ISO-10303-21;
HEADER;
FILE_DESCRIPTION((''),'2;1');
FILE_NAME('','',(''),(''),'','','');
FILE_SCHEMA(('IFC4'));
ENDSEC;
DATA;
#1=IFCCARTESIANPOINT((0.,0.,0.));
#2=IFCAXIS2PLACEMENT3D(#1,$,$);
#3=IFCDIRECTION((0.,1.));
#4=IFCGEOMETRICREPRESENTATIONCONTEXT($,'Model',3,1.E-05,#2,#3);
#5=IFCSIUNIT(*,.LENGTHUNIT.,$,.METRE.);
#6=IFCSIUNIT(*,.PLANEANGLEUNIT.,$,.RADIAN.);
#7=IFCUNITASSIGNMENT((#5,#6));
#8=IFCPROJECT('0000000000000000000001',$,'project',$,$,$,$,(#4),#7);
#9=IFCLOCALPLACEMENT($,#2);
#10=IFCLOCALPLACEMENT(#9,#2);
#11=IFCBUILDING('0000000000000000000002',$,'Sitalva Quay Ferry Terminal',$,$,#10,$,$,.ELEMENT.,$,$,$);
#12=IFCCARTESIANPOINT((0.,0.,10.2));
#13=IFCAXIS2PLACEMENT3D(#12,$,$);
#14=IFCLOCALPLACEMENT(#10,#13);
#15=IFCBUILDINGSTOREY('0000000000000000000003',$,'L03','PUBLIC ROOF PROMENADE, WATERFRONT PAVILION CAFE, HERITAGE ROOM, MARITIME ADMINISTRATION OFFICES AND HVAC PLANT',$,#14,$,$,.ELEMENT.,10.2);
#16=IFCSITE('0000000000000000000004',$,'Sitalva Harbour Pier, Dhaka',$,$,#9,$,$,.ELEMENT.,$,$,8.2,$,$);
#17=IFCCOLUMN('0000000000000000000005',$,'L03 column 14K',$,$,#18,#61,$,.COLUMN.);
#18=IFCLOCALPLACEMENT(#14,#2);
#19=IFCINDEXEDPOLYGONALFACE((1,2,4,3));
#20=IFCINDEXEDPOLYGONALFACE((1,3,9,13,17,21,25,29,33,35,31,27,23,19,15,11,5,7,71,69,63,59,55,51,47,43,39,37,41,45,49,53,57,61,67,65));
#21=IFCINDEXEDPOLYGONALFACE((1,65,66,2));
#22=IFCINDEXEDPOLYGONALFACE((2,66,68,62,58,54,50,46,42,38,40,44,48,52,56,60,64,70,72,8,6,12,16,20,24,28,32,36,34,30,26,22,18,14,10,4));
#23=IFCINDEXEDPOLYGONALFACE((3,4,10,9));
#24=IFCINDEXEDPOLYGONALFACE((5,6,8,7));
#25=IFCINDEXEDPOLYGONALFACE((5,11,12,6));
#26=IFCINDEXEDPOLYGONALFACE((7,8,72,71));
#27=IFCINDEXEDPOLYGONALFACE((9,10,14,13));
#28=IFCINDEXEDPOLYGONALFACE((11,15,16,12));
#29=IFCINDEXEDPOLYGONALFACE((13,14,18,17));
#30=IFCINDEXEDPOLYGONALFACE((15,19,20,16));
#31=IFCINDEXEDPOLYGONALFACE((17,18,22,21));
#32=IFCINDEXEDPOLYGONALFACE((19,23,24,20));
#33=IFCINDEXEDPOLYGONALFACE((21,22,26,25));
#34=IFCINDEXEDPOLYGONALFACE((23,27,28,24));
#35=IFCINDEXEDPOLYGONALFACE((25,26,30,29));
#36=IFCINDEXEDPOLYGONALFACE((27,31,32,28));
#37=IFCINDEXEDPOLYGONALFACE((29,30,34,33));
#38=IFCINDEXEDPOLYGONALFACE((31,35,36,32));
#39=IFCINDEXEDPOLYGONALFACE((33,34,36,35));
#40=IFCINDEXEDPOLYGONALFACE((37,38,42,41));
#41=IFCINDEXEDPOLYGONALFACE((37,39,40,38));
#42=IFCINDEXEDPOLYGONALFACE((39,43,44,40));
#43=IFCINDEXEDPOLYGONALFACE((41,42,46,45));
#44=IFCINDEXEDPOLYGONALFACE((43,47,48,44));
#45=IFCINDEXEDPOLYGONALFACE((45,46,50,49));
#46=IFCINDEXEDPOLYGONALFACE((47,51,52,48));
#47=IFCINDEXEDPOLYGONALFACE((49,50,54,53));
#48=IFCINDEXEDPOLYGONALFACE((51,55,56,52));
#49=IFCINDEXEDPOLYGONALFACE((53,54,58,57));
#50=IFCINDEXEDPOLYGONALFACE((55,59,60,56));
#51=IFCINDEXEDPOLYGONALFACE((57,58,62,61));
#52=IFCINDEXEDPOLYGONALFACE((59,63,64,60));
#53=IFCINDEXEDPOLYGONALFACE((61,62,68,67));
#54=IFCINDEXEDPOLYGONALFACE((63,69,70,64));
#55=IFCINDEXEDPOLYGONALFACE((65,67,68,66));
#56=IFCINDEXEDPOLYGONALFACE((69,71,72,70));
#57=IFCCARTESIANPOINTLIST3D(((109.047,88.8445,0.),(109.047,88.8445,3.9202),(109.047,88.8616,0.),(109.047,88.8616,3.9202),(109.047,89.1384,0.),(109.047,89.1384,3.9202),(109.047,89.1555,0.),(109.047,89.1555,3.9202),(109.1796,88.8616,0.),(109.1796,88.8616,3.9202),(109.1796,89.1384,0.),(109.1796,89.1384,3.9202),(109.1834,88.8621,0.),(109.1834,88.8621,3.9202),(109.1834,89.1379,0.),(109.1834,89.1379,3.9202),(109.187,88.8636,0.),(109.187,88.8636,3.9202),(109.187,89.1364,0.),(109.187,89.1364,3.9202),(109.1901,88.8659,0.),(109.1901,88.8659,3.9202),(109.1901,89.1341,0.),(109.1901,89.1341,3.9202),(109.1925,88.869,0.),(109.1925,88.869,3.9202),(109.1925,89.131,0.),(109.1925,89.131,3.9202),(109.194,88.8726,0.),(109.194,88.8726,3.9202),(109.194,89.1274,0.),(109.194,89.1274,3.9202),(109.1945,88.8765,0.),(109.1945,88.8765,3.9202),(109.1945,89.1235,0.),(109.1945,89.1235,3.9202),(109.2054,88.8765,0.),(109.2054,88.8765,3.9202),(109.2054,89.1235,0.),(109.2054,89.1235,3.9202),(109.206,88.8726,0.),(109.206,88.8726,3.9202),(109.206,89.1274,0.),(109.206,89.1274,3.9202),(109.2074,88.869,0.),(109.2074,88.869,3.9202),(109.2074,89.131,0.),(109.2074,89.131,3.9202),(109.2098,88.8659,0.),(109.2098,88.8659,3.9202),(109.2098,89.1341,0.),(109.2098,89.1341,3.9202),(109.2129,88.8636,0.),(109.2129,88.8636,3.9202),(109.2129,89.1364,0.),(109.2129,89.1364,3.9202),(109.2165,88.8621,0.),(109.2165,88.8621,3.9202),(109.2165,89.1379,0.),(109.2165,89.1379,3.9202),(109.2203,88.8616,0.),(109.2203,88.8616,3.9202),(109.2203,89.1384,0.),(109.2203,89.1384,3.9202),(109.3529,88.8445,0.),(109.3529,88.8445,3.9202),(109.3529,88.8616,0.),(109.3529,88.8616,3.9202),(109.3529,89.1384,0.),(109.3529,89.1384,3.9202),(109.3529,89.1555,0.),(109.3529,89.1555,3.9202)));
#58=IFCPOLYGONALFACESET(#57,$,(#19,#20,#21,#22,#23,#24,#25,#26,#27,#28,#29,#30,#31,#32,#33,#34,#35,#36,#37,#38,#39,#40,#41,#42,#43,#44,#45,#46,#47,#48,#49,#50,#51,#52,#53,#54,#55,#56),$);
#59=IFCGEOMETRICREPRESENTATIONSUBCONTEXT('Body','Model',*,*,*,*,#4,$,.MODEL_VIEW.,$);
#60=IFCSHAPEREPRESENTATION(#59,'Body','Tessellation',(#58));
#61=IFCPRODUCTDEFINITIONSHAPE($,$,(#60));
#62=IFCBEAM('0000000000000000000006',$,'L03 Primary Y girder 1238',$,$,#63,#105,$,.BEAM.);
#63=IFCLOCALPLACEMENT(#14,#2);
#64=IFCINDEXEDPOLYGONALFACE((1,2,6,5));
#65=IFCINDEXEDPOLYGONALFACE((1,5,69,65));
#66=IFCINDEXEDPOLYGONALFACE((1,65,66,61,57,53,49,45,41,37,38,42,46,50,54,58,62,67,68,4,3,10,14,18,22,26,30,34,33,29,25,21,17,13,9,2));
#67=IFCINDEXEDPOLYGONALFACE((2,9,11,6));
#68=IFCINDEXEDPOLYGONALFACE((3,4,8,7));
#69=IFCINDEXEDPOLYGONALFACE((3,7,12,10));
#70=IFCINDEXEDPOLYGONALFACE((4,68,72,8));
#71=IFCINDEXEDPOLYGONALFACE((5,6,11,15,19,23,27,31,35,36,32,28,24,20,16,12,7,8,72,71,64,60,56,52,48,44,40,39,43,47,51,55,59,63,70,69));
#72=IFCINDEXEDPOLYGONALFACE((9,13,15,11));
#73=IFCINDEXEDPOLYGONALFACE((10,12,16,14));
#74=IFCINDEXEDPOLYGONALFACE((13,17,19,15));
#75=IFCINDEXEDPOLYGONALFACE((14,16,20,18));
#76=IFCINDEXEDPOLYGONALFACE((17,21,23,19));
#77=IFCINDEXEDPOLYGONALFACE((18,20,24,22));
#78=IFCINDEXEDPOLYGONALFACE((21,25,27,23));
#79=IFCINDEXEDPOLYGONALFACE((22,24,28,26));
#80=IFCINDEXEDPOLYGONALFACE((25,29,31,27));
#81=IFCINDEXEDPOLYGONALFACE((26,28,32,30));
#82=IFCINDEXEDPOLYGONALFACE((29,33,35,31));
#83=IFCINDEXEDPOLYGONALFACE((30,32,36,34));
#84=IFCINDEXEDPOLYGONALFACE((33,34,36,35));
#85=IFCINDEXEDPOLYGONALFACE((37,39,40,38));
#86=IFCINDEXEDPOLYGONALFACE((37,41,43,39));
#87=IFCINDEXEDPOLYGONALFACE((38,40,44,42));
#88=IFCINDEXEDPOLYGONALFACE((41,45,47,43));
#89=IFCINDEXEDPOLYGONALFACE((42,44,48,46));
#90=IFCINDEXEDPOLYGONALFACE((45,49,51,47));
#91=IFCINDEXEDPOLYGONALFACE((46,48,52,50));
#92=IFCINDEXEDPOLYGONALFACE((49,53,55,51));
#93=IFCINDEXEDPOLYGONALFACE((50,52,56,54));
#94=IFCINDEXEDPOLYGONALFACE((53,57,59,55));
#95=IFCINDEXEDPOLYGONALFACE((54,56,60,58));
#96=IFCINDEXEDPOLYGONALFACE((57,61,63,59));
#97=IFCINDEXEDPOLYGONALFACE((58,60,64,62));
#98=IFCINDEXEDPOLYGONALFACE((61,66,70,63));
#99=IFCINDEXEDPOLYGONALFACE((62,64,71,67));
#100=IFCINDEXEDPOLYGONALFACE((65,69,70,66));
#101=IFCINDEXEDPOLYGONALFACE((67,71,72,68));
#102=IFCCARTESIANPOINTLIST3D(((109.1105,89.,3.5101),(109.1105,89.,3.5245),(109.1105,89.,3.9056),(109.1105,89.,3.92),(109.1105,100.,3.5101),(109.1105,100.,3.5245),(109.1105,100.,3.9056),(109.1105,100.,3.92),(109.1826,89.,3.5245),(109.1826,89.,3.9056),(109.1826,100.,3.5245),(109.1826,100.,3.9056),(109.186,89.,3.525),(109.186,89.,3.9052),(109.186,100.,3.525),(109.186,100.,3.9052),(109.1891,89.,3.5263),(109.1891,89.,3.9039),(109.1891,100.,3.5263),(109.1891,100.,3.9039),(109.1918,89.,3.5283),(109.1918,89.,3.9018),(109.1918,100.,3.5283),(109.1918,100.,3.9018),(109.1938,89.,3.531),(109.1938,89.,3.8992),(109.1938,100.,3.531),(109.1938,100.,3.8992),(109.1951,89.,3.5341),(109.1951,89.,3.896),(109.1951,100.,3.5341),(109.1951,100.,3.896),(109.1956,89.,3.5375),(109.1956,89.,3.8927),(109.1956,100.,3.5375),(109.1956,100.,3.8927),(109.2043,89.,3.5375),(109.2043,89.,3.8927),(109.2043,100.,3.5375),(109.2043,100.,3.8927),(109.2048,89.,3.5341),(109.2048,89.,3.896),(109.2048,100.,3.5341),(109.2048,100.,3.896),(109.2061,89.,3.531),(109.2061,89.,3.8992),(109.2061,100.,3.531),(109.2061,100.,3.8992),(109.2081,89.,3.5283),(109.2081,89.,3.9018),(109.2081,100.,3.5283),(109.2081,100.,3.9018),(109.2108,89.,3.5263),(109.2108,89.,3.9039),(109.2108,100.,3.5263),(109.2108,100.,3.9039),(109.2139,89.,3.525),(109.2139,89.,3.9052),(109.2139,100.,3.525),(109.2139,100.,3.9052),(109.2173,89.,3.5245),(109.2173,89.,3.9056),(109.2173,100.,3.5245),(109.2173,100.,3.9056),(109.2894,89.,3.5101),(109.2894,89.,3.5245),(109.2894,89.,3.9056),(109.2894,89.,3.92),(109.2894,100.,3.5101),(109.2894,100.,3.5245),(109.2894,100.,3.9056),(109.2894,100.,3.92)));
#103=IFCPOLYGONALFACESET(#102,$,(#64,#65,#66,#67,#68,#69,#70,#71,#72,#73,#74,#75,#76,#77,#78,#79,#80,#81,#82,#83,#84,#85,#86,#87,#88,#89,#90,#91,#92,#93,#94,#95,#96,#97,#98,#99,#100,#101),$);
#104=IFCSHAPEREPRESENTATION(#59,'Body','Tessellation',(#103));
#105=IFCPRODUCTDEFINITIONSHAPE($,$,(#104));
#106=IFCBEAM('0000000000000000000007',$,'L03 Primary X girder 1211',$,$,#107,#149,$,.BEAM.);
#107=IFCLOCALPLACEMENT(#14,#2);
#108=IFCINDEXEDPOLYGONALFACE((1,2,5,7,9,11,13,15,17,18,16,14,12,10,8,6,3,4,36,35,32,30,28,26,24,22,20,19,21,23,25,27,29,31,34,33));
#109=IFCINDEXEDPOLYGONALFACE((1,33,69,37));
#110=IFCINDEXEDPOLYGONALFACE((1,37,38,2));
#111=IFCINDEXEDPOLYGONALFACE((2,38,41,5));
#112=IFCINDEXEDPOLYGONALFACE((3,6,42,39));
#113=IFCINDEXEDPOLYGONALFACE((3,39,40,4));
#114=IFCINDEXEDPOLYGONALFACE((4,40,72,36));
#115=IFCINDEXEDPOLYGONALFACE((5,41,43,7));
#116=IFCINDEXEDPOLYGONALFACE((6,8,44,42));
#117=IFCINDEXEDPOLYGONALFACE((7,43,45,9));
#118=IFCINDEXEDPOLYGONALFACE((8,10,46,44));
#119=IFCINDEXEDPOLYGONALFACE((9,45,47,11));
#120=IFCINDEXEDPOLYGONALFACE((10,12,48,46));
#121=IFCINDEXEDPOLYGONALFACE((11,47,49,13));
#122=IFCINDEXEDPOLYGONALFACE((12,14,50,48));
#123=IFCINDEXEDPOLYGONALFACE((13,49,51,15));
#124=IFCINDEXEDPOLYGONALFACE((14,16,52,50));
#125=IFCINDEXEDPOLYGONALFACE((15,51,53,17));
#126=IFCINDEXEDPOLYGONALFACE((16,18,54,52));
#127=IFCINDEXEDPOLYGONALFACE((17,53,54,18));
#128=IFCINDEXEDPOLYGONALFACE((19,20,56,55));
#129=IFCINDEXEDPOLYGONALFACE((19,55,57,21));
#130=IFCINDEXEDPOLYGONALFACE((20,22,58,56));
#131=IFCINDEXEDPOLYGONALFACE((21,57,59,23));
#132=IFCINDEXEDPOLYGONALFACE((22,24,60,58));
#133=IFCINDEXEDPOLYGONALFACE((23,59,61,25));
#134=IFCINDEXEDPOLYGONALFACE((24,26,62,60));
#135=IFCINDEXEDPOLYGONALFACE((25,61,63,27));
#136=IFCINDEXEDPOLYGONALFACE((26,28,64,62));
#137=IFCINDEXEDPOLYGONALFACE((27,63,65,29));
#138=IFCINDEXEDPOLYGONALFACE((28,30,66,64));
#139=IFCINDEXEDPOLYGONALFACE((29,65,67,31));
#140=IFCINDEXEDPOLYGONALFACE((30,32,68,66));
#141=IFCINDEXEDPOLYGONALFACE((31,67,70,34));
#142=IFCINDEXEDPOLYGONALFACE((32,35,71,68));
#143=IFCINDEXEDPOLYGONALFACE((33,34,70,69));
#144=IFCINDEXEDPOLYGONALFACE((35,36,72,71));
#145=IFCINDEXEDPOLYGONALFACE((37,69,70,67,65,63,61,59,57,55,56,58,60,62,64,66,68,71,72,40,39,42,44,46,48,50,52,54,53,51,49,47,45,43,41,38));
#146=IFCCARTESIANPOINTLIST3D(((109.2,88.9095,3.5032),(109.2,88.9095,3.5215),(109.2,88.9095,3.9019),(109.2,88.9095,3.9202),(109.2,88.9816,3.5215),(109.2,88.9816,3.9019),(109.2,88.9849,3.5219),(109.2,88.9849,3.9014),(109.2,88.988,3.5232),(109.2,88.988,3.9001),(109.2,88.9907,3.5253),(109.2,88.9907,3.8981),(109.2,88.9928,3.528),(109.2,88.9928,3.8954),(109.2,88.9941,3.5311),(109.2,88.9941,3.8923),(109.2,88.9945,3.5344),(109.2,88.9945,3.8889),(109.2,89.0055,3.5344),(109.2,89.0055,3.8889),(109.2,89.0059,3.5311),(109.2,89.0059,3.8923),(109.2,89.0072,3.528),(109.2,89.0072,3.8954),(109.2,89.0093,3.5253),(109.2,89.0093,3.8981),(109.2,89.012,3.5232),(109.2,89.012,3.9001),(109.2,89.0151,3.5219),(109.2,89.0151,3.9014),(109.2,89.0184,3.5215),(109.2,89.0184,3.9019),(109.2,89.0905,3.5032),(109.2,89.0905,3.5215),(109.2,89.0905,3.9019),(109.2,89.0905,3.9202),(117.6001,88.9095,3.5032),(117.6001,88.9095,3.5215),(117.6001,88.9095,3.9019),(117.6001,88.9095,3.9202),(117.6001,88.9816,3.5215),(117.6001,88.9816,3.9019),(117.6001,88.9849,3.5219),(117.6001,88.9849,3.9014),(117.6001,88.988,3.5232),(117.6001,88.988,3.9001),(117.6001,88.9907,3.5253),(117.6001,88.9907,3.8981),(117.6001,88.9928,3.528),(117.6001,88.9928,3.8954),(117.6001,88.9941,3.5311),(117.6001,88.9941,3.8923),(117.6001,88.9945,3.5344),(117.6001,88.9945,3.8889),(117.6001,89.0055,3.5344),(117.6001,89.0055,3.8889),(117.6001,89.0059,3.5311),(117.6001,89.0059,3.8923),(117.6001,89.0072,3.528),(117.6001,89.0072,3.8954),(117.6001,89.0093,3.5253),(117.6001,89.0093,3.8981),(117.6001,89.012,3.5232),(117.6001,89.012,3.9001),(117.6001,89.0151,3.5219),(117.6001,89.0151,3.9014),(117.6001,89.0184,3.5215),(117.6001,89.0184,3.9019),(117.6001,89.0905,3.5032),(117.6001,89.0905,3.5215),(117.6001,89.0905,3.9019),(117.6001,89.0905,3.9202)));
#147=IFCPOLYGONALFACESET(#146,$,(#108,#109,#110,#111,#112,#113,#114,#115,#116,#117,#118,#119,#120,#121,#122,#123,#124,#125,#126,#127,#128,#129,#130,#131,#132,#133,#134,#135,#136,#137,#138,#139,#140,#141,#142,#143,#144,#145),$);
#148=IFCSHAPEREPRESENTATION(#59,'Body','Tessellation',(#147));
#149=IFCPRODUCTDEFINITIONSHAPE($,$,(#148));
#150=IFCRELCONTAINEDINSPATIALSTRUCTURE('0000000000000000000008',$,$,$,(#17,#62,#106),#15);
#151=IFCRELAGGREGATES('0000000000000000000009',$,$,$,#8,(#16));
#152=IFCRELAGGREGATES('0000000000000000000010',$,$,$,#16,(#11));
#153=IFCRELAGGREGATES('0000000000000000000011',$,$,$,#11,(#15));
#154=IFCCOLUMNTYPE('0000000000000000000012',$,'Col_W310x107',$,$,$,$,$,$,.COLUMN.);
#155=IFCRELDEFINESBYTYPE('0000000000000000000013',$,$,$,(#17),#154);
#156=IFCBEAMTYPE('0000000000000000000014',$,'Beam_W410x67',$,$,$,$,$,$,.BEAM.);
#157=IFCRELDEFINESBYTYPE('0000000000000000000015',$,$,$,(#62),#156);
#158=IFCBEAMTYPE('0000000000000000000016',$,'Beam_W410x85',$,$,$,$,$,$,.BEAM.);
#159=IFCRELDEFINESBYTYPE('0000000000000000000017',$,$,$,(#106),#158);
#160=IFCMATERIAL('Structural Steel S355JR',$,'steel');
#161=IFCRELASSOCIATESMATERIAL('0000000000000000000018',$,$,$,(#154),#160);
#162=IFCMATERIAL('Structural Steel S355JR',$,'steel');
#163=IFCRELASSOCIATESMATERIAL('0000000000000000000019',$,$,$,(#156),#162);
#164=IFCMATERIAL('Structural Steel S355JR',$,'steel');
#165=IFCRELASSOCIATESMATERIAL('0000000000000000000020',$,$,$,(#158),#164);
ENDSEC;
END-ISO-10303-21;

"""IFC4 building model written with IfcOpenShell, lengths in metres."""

from ifc_helpers import new_model, si_unit, direction, frame, origin, origin_2d, place, context, subcontext, project, spatial, i_section, extrude, material, material_profile, profile_set, type_object, element, save


model = new_model("IFC4")

# Units and contexts
model_context = context("Model", 3, precision=1e-05, world=origin(), true_north=direction((0.0, 1.0)))
body_context = subcontext(model_context, "Body", "Model", "MODEL_VIEW")
ifc_project = project(units=[si_unit("LENGTHUNIT", "METRE"), si_unit("PLANEANGLEUNIT", "RADIAN")], contexts=[model_context])

# Site, building, storey
site_placement = place(None, origin())
site = spatial("IfcSite", under=ifc_project, at=site_placement, Name="Sitalva Harbour Pier, Dhaka", CompositionType="ELEMENT", RefElevation=8.2)
building_placement = place(site_placement, origin())
building = spatial("IfcBuilding", under=site, at=building_placement, Name="Sitalva Quay Ferry Terminal", CompositionType="ELEMENT")
storey_placement = place(building_placement, frame((0.0, 0.0, 10.2)))
storey = spatial("IfcBuildingStorey", under=building, at=storey_placement, Name="L03", Description="PUBLIC ROOF PROMENADE, WATERFRONT PAVILION CAFE, HERITAGE ROOM, MARITIME ADMINISTRATION OFFICES AND HVAC PLANT", CompositionType="ELEMENT", Elevation=10.2)

# Column
ifc_material_1 = material(Name="Structural Steel S355JR", Category="steel")
ifc_material_profile_1 = material_profile(ifc_material_1, i_section(OverallWidth=0.3059, OverallDepth=0.311, WebThickness=0.011, FlangeThickness=0.0171, FilletRadius=0.0149, at=origin_2d()), Name="W310x107")
ifc_profile_set_1 = profile_set([ifc_material_profile_1], Name="Structural Steel S355JR")
column_type = type_object("IfcColumnType", Name="Col_W310x107", PredefinedType="COLUMN", material=ifc_profile_set_1)
column_placement = place(storey_placement, frame((109.2, 89.0, 0.0), z_axis=(0.0, 0.0, 1.0), x_axis=(1.0, 0.0, 0.0)))
element("IfcColumn", 1, at=column_placement, inside=storey, type_object=column_type, Name="L03 column 14K", PredefinedType="COLUMN", context=body_context, shape_type="SweptSolid", body=[
    extrude(i_section(OverallWidth=0.3059, OverallDepth=0.311, WebThickness=0.011, FlangeThickness=0.0171, FilletRadius=0.0149, at=origin_2d()), origin(), (0.0, 0.0, 1.0), 3.9202),
])

# Beams
ifc_material_2 = material(Name="Structural Steel S355JR", Category="steel")
ifc_material_profile_2 = material_profile(ifc_material_2, i_section(OverallWidth=0.179, OverallDepth=0.4099, WebThickness=0.0088, FlangeThickness=0.0144, FilletRadius=0.0129, at=origin_2d()), Name="W410x67")
ifc_profile_set_2 = profile_set([ifc_material_profile_2], Name="Structural Steel S355JR")
beam_type_1 = type_object("IfcBeamType", Name="Beam_W410x67", PredefinedType="BEAM", material=ifc_profile_set_2)
beam_1_placement = place(storey_placement, frame((109.2, 89.0, 3.7151), z_axis=(0.0, 1.0, 0.0), x_axis=(-1.0, 0.0, 0.0)))
element("IfcBeam", 2, at=beam_1_placement, inside=storey, type_object=beam_type_1, Name="L03 Primary Y girder 1238", PredefinedType="BEAM", context=body_context, shape_type="SweptSolid", body=[
    extrude(i_section(OverallWidth=0.179, OverallDepth=0.4099, WebThickness=0.0088, FlangeThickness=0.0144, FilletRadius=0.0129, at=origin_2d()), origin(), (0.0, 0.0, 1.0), 11.0),
])
ifc_material_3 = material(Name="Structural Steel S355JR", Category="steel")
ifc_material_profile_3 = material_profile(ifc_material_3, i_section(OverallWidth=0.1809, OverallDepth=0.417, WebThickness=0.011, FlangeThickness=0.0183, FilletRadius=0.0129, at=origin_2d()), Name="W410x85")
ifc_profile_set_3 = profile_set([ifc_material_profile_3], Name="Structural Steel S355JR")
beam_type_2 = type_object("IfcBeamType", Name="Beam_W410x85", PredefinedType="BEAM", material=ifc_profile_set_3)
beam_2_placement = place(storey_placement, frame((109.2, 89.0, 3.7117), z_axis=(1.0, 0.0, 0.0), x_axis=(0.0, 1.0, 0.0)))
element("IfcBeam", 3, at=beam_2_placement, inside=storey, type_object=beam_type_2, Name="L03 Primary X girder 1211", PredefinedType="BEAM", context=body_context, shape_type="SweptSolid", body=[
    extrude(i_section(OverallWidth=0.1809, OverallDepth=0.417, WebThickness=0.011, FlangeThickness=0.0183, FilletRadius=0.0129, at=origin_2d()), origin(), (0.0, 0.0, 1.0), 8.4001),
])

save(model, "model.ifc")
